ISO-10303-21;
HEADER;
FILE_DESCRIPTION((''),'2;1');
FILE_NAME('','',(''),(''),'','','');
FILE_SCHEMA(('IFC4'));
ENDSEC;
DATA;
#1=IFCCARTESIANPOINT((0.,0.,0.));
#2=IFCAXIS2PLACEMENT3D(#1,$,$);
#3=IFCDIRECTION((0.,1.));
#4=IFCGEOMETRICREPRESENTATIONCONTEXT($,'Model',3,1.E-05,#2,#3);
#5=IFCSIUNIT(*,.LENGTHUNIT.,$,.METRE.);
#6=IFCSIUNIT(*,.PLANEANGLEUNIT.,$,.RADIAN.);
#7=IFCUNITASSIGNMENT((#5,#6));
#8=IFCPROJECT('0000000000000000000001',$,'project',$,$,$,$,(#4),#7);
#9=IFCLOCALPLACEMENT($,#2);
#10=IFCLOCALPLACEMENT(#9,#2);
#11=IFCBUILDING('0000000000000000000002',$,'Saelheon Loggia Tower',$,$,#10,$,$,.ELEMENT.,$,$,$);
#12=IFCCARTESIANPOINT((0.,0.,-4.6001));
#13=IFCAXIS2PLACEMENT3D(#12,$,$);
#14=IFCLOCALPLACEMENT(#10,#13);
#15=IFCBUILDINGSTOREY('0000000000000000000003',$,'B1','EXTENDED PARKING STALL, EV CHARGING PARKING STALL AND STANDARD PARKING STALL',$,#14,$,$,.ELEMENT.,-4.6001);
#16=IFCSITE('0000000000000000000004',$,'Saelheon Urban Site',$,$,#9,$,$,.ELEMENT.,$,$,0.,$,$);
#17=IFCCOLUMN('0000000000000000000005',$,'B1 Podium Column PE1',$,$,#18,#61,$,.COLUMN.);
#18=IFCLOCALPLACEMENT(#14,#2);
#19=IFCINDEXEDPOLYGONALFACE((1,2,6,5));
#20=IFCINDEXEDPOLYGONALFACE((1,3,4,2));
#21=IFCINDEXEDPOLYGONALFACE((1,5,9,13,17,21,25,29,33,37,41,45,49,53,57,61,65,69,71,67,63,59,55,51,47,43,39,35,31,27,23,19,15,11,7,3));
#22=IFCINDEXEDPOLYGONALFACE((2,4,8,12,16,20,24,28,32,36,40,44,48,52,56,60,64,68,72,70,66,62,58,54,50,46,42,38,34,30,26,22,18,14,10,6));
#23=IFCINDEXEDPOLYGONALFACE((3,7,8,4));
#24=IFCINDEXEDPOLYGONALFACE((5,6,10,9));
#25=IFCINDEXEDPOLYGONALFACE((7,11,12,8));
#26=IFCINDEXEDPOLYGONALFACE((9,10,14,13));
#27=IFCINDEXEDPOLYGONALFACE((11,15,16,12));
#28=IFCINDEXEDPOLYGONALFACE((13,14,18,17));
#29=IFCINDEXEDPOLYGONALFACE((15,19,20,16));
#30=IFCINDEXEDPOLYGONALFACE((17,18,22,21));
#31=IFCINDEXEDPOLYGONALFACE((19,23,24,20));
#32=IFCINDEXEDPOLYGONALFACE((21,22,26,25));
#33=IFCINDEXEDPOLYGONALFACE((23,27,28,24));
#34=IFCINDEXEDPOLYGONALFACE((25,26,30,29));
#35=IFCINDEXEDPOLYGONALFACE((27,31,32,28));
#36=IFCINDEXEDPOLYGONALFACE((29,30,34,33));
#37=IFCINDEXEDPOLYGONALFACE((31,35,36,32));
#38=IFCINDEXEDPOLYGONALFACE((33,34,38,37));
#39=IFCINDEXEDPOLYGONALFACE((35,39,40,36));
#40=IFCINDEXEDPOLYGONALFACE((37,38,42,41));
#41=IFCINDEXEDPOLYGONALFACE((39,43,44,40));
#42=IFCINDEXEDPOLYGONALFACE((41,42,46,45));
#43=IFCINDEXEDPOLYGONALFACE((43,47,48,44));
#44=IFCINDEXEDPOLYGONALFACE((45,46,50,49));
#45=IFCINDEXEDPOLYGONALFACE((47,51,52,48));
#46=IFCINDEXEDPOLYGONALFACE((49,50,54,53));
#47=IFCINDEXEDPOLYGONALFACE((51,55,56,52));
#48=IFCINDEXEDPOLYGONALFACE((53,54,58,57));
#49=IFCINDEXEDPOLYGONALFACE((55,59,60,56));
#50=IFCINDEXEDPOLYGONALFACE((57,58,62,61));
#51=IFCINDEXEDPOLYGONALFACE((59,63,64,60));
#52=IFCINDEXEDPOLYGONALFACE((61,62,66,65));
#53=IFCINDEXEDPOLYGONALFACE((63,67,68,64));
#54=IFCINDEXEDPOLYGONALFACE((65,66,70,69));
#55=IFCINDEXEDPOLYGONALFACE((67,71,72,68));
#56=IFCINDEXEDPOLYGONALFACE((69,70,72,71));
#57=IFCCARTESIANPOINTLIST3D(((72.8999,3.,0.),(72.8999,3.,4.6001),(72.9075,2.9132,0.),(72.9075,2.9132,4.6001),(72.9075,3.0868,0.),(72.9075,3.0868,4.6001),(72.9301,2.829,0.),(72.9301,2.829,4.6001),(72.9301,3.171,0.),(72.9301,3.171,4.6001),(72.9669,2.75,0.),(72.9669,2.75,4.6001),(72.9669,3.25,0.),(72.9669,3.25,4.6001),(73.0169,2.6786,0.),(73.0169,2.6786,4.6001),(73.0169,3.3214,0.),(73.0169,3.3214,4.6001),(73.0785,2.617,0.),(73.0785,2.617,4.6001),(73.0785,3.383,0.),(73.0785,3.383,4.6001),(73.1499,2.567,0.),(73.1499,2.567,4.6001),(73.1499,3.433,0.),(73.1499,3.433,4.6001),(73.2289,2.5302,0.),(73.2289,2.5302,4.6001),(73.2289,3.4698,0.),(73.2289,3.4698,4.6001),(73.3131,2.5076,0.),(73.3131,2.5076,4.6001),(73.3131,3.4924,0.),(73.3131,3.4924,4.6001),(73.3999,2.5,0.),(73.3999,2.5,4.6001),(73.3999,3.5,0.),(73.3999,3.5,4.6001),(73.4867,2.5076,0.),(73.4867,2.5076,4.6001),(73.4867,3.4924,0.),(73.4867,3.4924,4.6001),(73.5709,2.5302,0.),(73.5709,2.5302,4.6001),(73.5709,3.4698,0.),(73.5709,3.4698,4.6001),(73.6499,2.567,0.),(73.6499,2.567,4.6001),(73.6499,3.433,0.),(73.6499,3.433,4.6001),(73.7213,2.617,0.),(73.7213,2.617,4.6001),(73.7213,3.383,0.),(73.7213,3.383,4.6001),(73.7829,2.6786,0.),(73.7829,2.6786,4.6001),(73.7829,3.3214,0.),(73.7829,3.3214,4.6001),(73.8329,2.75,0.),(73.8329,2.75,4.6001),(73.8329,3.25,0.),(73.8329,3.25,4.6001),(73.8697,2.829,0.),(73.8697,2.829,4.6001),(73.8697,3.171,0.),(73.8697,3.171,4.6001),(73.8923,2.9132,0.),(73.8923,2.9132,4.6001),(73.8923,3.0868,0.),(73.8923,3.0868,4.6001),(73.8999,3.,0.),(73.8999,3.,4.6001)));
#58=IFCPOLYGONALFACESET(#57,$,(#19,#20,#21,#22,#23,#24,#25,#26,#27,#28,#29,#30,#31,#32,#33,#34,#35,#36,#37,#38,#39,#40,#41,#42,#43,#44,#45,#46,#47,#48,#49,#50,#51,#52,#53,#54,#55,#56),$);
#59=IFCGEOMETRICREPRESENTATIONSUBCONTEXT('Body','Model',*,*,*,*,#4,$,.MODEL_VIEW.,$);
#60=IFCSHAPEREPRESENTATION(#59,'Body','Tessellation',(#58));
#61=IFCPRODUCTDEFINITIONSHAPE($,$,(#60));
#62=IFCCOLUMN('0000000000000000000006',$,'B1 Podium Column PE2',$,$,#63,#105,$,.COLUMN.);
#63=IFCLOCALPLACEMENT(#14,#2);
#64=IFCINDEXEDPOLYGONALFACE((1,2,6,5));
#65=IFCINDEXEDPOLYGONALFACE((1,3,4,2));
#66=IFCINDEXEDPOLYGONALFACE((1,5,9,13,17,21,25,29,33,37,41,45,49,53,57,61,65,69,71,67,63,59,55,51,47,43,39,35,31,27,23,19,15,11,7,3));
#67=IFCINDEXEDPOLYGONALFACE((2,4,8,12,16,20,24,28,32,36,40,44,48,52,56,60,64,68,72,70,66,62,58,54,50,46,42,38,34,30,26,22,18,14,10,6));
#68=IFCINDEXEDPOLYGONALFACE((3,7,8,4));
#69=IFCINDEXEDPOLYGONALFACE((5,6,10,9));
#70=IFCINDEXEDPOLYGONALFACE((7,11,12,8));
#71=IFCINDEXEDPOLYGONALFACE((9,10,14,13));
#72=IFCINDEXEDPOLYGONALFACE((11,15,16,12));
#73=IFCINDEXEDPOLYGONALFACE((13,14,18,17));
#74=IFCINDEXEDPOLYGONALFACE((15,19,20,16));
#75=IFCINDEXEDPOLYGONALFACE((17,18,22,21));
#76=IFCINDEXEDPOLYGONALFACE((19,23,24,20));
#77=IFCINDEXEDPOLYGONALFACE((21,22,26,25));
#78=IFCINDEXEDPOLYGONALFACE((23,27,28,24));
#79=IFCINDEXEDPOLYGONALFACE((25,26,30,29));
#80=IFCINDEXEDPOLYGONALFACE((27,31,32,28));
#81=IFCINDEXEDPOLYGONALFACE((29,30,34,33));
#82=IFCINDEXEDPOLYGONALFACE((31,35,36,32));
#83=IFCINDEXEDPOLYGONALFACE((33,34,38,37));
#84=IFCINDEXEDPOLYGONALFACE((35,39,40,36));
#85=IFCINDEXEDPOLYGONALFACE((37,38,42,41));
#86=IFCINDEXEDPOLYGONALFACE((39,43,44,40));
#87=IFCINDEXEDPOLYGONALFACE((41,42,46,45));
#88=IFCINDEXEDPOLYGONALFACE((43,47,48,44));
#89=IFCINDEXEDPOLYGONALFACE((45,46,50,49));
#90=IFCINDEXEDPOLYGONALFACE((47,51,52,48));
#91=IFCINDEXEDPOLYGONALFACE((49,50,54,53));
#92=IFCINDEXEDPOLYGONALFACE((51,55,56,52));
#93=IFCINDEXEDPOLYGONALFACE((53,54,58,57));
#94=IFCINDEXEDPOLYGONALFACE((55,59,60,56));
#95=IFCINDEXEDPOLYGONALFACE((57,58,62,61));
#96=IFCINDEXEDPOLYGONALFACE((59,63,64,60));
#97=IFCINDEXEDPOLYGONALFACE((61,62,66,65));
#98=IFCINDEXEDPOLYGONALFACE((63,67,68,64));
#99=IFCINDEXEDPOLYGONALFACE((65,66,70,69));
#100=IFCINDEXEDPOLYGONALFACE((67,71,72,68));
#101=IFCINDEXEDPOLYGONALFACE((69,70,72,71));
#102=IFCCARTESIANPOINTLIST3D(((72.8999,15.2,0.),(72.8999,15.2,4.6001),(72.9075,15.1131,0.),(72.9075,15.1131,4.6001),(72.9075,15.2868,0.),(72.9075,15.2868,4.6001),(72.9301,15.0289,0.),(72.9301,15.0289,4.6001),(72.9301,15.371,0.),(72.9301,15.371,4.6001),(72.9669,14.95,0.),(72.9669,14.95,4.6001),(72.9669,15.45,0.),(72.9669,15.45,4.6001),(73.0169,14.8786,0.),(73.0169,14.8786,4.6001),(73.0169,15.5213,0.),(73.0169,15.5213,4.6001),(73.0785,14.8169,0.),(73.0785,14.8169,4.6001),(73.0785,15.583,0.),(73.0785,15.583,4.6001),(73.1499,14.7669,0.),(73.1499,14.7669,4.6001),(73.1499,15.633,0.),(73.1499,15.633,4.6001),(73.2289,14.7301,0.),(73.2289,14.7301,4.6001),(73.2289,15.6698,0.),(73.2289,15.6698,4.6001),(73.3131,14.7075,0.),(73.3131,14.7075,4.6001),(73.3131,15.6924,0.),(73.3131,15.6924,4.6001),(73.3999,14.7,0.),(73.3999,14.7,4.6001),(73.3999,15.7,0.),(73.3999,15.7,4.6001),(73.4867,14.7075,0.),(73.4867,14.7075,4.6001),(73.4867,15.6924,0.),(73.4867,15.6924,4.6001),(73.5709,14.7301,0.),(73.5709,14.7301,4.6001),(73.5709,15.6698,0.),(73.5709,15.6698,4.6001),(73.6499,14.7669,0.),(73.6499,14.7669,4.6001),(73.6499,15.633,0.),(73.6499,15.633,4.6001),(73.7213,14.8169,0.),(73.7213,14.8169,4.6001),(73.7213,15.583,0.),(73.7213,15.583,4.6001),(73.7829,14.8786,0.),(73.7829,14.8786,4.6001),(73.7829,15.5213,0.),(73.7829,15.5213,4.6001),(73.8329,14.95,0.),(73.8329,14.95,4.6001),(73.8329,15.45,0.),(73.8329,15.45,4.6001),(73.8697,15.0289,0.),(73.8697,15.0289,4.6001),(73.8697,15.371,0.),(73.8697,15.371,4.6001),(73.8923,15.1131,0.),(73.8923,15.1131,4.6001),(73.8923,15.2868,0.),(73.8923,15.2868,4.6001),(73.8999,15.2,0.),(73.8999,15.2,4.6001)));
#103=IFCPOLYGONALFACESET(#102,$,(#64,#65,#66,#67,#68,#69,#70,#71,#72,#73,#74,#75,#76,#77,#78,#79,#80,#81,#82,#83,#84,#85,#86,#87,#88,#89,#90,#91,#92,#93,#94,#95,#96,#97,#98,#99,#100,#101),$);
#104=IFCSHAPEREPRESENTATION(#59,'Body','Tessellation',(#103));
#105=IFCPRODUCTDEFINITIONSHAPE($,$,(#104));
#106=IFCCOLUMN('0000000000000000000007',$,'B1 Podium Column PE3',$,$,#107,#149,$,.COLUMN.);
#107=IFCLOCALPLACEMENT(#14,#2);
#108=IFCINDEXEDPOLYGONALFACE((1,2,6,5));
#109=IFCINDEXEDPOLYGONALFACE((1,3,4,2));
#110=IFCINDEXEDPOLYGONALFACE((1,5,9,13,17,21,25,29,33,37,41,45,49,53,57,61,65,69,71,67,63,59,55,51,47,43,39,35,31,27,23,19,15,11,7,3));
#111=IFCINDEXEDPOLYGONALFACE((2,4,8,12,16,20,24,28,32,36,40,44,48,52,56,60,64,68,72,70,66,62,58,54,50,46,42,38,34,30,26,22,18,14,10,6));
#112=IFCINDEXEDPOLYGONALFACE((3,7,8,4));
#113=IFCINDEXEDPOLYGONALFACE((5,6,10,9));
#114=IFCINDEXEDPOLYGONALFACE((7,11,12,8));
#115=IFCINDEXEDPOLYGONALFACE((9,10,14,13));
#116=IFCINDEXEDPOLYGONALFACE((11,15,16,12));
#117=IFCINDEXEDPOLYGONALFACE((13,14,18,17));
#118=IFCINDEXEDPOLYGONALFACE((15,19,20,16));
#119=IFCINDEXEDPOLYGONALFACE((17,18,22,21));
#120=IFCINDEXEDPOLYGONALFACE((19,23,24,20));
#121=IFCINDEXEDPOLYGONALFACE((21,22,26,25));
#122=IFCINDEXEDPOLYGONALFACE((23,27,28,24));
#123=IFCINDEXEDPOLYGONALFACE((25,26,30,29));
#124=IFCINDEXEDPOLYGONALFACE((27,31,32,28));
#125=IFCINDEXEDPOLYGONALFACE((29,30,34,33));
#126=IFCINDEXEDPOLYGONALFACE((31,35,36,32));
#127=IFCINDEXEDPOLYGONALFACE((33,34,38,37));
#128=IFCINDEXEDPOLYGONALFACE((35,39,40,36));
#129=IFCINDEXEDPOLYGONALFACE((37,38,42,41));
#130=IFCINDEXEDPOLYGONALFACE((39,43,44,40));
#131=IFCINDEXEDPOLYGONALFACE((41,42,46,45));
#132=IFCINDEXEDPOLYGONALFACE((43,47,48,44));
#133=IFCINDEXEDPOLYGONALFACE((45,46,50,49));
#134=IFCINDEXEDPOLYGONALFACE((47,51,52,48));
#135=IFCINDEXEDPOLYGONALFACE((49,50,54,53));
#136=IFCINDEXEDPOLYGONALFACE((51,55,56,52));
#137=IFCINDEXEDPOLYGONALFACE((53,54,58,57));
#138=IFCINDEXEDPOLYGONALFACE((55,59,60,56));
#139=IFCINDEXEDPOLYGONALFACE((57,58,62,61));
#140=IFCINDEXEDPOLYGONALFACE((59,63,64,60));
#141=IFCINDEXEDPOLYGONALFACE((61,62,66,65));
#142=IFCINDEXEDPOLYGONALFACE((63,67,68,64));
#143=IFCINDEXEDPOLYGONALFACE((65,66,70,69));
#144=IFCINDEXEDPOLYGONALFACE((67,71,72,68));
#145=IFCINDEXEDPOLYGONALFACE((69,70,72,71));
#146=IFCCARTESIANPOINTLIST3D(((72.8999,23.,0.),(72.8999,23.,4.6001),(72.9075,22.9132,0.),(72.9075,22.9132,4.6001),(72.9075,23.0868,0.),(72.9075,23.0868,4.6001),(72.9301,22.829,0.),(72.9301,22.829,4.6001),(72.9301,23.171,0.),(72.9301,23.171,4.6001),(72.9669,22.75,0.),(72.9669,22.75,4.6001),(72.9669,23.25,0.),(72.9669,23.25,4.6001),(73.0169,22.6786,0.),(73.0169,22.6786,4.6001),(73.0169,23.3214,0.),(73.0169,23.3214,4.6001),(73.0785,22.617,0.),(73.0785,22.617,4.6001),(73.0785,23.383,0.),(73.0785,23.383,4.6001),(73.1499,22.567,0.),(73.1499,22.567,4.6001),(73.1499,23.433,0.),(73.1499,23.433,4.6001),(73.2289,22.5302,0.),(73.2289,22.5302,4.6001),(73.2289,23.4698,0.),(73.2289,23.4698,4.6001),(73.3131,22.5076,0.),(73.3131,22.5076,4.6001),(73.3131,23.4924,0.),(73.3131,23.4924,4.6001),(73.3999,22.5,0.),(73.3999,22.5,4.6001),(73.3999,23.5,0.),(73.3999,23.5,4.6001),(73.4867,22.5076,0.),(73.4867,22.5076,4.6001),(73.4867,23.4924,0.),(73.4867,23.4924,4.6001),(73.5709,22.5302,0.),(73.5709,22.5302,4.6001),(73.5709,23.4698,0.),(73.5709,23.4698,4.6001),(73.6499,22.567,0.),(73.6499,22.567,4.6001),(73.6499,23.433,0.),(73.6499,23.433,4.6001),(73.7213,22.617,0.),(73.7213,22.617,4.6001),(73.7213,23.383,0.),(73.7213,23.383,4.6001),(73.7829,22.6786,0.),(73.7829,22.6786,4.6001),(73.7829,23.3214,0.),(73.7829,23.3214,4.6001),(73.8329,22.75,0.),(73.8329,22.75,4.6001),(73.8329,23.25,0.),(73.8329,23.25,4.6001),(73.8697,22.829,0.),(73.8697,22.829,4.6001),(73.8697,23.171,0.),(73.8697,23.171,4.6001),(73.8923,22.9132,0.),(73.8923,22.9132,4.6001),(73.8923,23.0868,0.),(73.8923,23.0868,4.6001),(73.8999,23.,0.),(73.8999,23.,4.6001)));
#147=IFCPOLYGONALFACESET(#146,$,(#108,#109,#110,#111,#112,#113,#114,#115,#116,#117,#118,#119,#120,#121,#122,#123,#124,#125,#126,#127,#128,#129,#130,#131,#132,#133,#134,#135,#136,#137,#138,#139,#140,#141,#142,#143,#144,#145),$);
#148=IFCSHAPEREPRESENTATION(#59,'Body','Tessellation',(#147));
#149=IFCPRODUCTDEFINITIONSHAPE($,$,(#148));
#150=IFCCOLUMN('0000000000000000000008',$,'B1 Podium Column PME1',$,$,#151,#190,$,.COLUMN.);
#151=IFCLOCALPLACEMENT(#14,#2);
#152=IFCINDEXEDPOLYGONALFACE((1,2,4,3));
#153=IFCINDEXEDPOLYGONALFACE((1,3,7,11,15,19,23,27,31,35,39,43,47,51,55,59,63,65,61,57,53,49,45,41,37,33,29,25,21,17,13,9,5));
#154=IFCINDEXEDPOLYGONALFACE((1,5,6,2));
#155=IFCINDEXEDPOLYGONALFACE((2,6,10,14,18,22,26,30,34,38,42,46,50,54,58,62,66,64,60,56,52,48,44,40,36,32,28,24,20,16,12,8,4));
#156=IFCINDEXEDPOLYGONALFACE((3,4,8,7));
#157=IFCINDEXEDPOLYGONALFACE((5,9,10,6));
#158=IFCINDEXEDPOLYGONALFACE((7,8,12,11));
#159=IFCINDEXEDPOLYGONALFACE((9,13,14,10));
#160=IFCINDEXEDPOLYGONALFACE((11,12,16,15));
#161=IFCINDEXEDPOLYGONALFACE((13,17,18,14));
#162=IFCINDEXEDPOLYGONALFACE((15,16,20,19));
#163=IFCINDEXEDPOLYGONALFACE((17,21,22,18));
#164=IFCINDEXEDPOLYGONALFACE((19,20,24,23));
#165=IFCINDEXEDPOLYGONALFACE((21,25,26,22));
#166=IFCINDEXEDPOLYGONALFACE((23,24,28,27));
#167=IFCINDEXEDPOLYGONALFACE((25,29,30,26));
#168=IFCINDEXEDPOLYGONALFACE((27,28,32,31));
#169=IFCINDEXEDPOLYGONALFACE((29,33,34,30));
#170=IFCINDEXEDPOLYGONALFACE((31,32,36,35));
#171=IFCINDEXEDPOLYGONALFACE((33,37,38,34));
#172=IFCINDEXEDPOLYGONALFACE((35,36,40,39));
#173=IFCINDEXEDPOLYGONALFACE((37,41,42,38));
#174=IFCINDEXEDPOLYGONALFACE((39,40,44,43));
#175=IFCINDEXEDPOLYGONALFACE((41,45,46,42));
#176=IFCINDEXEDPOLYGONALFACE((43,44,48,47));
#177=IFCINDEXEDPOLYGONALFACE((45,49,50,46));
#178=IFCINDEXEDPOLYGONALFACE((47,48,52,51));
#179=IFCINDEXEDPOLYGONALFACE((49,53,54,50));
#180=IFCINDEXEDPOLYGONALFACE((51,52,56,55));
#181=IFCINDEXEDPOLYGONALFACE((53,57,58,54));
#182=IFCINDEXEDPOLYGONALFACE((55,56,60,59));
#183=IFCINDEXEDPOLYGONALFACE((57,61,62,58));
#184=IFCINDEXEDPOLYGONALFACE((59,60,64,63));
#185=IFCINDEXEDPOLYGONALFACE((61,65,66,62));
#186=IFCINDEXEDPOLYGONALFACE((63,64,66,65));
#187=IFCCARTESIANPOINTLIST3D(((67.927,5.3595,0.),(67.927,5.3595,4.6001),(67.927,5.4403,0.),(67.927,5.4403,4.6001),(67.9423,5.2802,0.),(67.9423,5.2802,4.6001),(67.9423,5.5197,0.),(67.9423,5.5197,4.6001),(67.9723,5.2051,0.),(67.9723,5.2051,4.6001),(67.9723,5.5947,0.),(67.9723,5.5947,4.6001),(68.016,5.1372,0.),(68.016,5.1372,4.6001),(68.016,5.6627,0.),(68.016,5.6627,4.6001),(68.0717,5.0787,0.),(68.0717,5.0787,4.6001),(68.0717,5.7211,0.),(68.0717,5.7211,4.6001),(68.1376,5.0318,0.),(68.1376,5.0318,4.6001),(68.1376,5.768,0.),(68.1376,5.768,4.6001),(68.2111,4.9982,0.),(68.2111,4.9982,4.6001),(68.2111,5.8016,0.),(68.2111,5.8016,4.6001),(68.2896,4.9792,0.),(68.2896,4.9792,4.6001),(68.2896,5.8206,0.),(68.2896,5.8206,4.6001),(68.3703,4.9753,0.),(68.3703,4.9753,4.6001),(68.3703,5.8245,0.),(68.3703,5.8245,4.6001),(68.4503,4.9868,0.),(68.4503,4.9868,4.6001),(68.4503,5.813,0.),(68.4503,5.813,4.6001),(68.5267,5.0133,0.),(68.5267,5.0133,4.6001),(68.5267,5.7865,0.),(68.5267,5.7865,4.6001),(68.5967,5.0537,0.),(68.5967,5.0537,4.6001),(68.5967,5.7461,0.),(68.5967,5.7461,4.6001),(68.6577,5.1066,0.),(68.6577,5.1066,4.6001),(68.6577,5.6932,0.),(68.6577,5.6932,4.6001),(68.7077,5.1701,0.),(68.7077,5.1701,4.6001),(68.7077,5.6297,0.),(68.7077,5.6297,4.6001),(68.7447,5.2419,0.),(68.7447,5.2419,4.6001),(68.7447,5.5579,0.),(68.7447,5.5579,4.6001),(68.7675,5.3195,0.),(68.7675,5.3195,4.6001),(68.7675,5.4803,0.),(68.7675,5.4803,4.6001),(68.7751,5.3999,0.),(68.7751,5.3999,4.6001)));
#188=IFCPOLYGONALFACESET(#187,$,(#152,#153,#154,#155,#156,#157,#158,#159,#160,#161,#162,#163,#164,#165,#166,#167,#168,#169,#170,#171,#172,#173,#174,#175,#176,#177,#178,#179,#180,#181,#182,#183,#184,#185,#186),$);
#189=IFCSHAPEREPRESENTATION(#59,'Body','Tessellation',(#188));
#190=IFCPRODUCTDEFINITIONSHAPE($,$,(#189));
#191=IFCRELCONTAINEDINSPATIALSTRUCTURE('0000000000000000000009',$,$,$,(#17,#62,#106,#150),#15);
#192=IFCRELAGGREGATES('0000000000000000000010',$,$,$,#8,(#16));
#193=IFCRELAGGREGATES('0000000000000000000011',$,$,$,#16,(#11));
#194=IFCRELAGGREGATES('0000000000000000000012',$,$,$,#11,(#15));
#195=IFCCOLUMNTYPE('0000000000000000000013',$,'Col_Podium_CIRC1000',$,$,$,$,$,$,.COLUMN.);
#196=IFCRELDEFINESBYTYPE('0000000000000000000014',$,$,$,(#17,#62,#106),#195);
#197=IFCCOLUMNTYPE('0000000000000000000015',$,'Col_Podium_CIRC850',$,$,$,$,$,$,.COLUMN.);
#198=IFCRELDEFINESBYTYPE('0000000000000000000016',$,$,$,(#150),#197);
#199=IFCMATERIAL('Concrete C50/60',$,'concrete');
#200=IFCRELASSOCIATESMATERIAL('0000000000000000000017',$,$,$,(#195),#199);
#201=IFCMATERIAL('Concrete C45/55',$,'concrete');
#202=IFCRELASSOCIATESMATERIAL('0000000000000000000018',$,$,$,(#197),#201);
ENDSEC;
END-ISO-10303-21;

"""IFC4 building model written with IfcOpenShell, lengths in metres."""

from ifc_helpers import new_model, si_unit, direction, frame, origin, origin_2d, place, context, subcontext, project, spatial, circle, extrude, source, transform, mapped, material, material_profile, profile_set, type_object, element, save


model = new_model("IFC4")

# Units and contexts
model_context = context("Model", 3, precision=1e-05, world=origin(), true_north=direction((0.0, 1.0)))
body_context = subcontext(model_context, "Body", "Model", "MODEL_VIEW")
ifc_project = project(units=[si_unit("LENGTHUNIT", "METRE"), si_unit("PLANEANGLEUNIT", "RADIAN")], contexts=[model_context])

# Site, building, storey
site_placement = place(None, origin())
site = spatial("IfcSite", under=ifc_project, at=site_placement, Name="Saelheon Urban Site", CompositionType="ELEMENT", RefElevation=0.0)
building_placement = place(site_placement, origin())
building = spatial("IfcBuilding", under=site, at=building_placement, Name="Saelheon Loggia Tower", CompositionType="ELEMENT")
storey_placement = place(building_placement, frame((0.0, 0.0, -4.6001)))
storey = spatial("IfcBuildingStorey", under=building, at=storey_placement, Name="B1", Description="EXTENDED PARKING STALL, EV CHARGING PARKING STALL AND STANDARD PARKING STALL", CompositionType="ELEMENT", Elevation=-4.6001)

# Columns
ifc_material_1 = material(Name="Concrete C50/60", Category="concrete")
ifc_material_profile_1 = material_profile(ifc_material_1, circle(Radius=0.5, at=origin_2d()), Name="CIRC-1000")
ifc_profile_set_1 = profile_set([ifc_material_profile_1], Name="Concrete C50/60")
column_type_1 = type_object("IfcColumnType", Name="Col_Podium_CIRC1000", PredefinedType="COLUMN", material=ifc_profile_set_1)
shared_shape_1 = source(origin(), body_context, "Body", "SweptSolid", [
    extrude(circle(Radius=0.5, at=origin_2d()), origin(), (0.0, 0.0, 1.0), 4.6001),
])
for number, where, z_axis, x_axis, name in (
    (1, (73.3999, 3.0, 0.0), (0.0, 0.0, 1.0), (1.0, 0.0, 0.0), "B1 Podium Column PE1"),
    (2, (73.3999, 15.2, 0.0), (0.0, 0.0, 1.0), (1.0, 0.0, 0.0), "B1 Podium Column PE2"),
    (3, (73.3999, 23.0, 0.0), (0.0, 0.0, 1.0), (1.0, 0.0, 0.0), "B1 Podium Column PE3"),
):
    element("IfcColumn", number, at=place(storey_placement, frame(where, z_axis=z_axis, x_axis=x_axis)), inside=storey, type_object=column_type_1, Name=name, PredefinedType="COLUMN", context=body_context, shape_type="MappedRepresentation", body=[
        mapped(shared_shape_1, transform((0.0, 0.0, 0.0), scale=1.0)),
    ])
ifc_material_2 = material(Name="Concrete C45/55", Category="concrete")
ifc_material_profile_2 = material_profile(ifc_material_2, circle(Radius=0.425, at=origin_2d()), Name="CIRC-850")
ifc_profile_set_2 = profile_set([ifc_material_profile_2], Name="Concrete C45/55")
column_type_2 = type_object("IfcColumnType", Name="Col_Podium_CIRC850", PredefinedType="COLUMN", material=ifc_profile_set_2)
shared_shape_2 = source(origin(), body_context, "Body", "SweptSolid", [
    extrude(circle(Radius=0.425, at=origin_2d()), origin(), (0.0, 0.0, 1.0), 4.6001),
])
for number, where, z_axis, x_axis, name in (
    (4, (68.3501, 5.3999, 0.0), (0.0, 0.0, 1.0), (1.0, 0.0, 0.0), "B1 Podium Column PME1"),
):
    element("IfcColumn", number, at=place(storey_placement, frame(where, z_axis=z_axis, x_axis=x_axis)), inside=storey, type_object=column_type_2, Name=name, PredefinedType="COLUMN", context=body_context, shape_type="MappedRepresentation", body=[
        mapped(shared_shape_2, transform((0.0, 0.0, 0.0), scale=1.0)),
    ])

save(model, "model.ifc")
